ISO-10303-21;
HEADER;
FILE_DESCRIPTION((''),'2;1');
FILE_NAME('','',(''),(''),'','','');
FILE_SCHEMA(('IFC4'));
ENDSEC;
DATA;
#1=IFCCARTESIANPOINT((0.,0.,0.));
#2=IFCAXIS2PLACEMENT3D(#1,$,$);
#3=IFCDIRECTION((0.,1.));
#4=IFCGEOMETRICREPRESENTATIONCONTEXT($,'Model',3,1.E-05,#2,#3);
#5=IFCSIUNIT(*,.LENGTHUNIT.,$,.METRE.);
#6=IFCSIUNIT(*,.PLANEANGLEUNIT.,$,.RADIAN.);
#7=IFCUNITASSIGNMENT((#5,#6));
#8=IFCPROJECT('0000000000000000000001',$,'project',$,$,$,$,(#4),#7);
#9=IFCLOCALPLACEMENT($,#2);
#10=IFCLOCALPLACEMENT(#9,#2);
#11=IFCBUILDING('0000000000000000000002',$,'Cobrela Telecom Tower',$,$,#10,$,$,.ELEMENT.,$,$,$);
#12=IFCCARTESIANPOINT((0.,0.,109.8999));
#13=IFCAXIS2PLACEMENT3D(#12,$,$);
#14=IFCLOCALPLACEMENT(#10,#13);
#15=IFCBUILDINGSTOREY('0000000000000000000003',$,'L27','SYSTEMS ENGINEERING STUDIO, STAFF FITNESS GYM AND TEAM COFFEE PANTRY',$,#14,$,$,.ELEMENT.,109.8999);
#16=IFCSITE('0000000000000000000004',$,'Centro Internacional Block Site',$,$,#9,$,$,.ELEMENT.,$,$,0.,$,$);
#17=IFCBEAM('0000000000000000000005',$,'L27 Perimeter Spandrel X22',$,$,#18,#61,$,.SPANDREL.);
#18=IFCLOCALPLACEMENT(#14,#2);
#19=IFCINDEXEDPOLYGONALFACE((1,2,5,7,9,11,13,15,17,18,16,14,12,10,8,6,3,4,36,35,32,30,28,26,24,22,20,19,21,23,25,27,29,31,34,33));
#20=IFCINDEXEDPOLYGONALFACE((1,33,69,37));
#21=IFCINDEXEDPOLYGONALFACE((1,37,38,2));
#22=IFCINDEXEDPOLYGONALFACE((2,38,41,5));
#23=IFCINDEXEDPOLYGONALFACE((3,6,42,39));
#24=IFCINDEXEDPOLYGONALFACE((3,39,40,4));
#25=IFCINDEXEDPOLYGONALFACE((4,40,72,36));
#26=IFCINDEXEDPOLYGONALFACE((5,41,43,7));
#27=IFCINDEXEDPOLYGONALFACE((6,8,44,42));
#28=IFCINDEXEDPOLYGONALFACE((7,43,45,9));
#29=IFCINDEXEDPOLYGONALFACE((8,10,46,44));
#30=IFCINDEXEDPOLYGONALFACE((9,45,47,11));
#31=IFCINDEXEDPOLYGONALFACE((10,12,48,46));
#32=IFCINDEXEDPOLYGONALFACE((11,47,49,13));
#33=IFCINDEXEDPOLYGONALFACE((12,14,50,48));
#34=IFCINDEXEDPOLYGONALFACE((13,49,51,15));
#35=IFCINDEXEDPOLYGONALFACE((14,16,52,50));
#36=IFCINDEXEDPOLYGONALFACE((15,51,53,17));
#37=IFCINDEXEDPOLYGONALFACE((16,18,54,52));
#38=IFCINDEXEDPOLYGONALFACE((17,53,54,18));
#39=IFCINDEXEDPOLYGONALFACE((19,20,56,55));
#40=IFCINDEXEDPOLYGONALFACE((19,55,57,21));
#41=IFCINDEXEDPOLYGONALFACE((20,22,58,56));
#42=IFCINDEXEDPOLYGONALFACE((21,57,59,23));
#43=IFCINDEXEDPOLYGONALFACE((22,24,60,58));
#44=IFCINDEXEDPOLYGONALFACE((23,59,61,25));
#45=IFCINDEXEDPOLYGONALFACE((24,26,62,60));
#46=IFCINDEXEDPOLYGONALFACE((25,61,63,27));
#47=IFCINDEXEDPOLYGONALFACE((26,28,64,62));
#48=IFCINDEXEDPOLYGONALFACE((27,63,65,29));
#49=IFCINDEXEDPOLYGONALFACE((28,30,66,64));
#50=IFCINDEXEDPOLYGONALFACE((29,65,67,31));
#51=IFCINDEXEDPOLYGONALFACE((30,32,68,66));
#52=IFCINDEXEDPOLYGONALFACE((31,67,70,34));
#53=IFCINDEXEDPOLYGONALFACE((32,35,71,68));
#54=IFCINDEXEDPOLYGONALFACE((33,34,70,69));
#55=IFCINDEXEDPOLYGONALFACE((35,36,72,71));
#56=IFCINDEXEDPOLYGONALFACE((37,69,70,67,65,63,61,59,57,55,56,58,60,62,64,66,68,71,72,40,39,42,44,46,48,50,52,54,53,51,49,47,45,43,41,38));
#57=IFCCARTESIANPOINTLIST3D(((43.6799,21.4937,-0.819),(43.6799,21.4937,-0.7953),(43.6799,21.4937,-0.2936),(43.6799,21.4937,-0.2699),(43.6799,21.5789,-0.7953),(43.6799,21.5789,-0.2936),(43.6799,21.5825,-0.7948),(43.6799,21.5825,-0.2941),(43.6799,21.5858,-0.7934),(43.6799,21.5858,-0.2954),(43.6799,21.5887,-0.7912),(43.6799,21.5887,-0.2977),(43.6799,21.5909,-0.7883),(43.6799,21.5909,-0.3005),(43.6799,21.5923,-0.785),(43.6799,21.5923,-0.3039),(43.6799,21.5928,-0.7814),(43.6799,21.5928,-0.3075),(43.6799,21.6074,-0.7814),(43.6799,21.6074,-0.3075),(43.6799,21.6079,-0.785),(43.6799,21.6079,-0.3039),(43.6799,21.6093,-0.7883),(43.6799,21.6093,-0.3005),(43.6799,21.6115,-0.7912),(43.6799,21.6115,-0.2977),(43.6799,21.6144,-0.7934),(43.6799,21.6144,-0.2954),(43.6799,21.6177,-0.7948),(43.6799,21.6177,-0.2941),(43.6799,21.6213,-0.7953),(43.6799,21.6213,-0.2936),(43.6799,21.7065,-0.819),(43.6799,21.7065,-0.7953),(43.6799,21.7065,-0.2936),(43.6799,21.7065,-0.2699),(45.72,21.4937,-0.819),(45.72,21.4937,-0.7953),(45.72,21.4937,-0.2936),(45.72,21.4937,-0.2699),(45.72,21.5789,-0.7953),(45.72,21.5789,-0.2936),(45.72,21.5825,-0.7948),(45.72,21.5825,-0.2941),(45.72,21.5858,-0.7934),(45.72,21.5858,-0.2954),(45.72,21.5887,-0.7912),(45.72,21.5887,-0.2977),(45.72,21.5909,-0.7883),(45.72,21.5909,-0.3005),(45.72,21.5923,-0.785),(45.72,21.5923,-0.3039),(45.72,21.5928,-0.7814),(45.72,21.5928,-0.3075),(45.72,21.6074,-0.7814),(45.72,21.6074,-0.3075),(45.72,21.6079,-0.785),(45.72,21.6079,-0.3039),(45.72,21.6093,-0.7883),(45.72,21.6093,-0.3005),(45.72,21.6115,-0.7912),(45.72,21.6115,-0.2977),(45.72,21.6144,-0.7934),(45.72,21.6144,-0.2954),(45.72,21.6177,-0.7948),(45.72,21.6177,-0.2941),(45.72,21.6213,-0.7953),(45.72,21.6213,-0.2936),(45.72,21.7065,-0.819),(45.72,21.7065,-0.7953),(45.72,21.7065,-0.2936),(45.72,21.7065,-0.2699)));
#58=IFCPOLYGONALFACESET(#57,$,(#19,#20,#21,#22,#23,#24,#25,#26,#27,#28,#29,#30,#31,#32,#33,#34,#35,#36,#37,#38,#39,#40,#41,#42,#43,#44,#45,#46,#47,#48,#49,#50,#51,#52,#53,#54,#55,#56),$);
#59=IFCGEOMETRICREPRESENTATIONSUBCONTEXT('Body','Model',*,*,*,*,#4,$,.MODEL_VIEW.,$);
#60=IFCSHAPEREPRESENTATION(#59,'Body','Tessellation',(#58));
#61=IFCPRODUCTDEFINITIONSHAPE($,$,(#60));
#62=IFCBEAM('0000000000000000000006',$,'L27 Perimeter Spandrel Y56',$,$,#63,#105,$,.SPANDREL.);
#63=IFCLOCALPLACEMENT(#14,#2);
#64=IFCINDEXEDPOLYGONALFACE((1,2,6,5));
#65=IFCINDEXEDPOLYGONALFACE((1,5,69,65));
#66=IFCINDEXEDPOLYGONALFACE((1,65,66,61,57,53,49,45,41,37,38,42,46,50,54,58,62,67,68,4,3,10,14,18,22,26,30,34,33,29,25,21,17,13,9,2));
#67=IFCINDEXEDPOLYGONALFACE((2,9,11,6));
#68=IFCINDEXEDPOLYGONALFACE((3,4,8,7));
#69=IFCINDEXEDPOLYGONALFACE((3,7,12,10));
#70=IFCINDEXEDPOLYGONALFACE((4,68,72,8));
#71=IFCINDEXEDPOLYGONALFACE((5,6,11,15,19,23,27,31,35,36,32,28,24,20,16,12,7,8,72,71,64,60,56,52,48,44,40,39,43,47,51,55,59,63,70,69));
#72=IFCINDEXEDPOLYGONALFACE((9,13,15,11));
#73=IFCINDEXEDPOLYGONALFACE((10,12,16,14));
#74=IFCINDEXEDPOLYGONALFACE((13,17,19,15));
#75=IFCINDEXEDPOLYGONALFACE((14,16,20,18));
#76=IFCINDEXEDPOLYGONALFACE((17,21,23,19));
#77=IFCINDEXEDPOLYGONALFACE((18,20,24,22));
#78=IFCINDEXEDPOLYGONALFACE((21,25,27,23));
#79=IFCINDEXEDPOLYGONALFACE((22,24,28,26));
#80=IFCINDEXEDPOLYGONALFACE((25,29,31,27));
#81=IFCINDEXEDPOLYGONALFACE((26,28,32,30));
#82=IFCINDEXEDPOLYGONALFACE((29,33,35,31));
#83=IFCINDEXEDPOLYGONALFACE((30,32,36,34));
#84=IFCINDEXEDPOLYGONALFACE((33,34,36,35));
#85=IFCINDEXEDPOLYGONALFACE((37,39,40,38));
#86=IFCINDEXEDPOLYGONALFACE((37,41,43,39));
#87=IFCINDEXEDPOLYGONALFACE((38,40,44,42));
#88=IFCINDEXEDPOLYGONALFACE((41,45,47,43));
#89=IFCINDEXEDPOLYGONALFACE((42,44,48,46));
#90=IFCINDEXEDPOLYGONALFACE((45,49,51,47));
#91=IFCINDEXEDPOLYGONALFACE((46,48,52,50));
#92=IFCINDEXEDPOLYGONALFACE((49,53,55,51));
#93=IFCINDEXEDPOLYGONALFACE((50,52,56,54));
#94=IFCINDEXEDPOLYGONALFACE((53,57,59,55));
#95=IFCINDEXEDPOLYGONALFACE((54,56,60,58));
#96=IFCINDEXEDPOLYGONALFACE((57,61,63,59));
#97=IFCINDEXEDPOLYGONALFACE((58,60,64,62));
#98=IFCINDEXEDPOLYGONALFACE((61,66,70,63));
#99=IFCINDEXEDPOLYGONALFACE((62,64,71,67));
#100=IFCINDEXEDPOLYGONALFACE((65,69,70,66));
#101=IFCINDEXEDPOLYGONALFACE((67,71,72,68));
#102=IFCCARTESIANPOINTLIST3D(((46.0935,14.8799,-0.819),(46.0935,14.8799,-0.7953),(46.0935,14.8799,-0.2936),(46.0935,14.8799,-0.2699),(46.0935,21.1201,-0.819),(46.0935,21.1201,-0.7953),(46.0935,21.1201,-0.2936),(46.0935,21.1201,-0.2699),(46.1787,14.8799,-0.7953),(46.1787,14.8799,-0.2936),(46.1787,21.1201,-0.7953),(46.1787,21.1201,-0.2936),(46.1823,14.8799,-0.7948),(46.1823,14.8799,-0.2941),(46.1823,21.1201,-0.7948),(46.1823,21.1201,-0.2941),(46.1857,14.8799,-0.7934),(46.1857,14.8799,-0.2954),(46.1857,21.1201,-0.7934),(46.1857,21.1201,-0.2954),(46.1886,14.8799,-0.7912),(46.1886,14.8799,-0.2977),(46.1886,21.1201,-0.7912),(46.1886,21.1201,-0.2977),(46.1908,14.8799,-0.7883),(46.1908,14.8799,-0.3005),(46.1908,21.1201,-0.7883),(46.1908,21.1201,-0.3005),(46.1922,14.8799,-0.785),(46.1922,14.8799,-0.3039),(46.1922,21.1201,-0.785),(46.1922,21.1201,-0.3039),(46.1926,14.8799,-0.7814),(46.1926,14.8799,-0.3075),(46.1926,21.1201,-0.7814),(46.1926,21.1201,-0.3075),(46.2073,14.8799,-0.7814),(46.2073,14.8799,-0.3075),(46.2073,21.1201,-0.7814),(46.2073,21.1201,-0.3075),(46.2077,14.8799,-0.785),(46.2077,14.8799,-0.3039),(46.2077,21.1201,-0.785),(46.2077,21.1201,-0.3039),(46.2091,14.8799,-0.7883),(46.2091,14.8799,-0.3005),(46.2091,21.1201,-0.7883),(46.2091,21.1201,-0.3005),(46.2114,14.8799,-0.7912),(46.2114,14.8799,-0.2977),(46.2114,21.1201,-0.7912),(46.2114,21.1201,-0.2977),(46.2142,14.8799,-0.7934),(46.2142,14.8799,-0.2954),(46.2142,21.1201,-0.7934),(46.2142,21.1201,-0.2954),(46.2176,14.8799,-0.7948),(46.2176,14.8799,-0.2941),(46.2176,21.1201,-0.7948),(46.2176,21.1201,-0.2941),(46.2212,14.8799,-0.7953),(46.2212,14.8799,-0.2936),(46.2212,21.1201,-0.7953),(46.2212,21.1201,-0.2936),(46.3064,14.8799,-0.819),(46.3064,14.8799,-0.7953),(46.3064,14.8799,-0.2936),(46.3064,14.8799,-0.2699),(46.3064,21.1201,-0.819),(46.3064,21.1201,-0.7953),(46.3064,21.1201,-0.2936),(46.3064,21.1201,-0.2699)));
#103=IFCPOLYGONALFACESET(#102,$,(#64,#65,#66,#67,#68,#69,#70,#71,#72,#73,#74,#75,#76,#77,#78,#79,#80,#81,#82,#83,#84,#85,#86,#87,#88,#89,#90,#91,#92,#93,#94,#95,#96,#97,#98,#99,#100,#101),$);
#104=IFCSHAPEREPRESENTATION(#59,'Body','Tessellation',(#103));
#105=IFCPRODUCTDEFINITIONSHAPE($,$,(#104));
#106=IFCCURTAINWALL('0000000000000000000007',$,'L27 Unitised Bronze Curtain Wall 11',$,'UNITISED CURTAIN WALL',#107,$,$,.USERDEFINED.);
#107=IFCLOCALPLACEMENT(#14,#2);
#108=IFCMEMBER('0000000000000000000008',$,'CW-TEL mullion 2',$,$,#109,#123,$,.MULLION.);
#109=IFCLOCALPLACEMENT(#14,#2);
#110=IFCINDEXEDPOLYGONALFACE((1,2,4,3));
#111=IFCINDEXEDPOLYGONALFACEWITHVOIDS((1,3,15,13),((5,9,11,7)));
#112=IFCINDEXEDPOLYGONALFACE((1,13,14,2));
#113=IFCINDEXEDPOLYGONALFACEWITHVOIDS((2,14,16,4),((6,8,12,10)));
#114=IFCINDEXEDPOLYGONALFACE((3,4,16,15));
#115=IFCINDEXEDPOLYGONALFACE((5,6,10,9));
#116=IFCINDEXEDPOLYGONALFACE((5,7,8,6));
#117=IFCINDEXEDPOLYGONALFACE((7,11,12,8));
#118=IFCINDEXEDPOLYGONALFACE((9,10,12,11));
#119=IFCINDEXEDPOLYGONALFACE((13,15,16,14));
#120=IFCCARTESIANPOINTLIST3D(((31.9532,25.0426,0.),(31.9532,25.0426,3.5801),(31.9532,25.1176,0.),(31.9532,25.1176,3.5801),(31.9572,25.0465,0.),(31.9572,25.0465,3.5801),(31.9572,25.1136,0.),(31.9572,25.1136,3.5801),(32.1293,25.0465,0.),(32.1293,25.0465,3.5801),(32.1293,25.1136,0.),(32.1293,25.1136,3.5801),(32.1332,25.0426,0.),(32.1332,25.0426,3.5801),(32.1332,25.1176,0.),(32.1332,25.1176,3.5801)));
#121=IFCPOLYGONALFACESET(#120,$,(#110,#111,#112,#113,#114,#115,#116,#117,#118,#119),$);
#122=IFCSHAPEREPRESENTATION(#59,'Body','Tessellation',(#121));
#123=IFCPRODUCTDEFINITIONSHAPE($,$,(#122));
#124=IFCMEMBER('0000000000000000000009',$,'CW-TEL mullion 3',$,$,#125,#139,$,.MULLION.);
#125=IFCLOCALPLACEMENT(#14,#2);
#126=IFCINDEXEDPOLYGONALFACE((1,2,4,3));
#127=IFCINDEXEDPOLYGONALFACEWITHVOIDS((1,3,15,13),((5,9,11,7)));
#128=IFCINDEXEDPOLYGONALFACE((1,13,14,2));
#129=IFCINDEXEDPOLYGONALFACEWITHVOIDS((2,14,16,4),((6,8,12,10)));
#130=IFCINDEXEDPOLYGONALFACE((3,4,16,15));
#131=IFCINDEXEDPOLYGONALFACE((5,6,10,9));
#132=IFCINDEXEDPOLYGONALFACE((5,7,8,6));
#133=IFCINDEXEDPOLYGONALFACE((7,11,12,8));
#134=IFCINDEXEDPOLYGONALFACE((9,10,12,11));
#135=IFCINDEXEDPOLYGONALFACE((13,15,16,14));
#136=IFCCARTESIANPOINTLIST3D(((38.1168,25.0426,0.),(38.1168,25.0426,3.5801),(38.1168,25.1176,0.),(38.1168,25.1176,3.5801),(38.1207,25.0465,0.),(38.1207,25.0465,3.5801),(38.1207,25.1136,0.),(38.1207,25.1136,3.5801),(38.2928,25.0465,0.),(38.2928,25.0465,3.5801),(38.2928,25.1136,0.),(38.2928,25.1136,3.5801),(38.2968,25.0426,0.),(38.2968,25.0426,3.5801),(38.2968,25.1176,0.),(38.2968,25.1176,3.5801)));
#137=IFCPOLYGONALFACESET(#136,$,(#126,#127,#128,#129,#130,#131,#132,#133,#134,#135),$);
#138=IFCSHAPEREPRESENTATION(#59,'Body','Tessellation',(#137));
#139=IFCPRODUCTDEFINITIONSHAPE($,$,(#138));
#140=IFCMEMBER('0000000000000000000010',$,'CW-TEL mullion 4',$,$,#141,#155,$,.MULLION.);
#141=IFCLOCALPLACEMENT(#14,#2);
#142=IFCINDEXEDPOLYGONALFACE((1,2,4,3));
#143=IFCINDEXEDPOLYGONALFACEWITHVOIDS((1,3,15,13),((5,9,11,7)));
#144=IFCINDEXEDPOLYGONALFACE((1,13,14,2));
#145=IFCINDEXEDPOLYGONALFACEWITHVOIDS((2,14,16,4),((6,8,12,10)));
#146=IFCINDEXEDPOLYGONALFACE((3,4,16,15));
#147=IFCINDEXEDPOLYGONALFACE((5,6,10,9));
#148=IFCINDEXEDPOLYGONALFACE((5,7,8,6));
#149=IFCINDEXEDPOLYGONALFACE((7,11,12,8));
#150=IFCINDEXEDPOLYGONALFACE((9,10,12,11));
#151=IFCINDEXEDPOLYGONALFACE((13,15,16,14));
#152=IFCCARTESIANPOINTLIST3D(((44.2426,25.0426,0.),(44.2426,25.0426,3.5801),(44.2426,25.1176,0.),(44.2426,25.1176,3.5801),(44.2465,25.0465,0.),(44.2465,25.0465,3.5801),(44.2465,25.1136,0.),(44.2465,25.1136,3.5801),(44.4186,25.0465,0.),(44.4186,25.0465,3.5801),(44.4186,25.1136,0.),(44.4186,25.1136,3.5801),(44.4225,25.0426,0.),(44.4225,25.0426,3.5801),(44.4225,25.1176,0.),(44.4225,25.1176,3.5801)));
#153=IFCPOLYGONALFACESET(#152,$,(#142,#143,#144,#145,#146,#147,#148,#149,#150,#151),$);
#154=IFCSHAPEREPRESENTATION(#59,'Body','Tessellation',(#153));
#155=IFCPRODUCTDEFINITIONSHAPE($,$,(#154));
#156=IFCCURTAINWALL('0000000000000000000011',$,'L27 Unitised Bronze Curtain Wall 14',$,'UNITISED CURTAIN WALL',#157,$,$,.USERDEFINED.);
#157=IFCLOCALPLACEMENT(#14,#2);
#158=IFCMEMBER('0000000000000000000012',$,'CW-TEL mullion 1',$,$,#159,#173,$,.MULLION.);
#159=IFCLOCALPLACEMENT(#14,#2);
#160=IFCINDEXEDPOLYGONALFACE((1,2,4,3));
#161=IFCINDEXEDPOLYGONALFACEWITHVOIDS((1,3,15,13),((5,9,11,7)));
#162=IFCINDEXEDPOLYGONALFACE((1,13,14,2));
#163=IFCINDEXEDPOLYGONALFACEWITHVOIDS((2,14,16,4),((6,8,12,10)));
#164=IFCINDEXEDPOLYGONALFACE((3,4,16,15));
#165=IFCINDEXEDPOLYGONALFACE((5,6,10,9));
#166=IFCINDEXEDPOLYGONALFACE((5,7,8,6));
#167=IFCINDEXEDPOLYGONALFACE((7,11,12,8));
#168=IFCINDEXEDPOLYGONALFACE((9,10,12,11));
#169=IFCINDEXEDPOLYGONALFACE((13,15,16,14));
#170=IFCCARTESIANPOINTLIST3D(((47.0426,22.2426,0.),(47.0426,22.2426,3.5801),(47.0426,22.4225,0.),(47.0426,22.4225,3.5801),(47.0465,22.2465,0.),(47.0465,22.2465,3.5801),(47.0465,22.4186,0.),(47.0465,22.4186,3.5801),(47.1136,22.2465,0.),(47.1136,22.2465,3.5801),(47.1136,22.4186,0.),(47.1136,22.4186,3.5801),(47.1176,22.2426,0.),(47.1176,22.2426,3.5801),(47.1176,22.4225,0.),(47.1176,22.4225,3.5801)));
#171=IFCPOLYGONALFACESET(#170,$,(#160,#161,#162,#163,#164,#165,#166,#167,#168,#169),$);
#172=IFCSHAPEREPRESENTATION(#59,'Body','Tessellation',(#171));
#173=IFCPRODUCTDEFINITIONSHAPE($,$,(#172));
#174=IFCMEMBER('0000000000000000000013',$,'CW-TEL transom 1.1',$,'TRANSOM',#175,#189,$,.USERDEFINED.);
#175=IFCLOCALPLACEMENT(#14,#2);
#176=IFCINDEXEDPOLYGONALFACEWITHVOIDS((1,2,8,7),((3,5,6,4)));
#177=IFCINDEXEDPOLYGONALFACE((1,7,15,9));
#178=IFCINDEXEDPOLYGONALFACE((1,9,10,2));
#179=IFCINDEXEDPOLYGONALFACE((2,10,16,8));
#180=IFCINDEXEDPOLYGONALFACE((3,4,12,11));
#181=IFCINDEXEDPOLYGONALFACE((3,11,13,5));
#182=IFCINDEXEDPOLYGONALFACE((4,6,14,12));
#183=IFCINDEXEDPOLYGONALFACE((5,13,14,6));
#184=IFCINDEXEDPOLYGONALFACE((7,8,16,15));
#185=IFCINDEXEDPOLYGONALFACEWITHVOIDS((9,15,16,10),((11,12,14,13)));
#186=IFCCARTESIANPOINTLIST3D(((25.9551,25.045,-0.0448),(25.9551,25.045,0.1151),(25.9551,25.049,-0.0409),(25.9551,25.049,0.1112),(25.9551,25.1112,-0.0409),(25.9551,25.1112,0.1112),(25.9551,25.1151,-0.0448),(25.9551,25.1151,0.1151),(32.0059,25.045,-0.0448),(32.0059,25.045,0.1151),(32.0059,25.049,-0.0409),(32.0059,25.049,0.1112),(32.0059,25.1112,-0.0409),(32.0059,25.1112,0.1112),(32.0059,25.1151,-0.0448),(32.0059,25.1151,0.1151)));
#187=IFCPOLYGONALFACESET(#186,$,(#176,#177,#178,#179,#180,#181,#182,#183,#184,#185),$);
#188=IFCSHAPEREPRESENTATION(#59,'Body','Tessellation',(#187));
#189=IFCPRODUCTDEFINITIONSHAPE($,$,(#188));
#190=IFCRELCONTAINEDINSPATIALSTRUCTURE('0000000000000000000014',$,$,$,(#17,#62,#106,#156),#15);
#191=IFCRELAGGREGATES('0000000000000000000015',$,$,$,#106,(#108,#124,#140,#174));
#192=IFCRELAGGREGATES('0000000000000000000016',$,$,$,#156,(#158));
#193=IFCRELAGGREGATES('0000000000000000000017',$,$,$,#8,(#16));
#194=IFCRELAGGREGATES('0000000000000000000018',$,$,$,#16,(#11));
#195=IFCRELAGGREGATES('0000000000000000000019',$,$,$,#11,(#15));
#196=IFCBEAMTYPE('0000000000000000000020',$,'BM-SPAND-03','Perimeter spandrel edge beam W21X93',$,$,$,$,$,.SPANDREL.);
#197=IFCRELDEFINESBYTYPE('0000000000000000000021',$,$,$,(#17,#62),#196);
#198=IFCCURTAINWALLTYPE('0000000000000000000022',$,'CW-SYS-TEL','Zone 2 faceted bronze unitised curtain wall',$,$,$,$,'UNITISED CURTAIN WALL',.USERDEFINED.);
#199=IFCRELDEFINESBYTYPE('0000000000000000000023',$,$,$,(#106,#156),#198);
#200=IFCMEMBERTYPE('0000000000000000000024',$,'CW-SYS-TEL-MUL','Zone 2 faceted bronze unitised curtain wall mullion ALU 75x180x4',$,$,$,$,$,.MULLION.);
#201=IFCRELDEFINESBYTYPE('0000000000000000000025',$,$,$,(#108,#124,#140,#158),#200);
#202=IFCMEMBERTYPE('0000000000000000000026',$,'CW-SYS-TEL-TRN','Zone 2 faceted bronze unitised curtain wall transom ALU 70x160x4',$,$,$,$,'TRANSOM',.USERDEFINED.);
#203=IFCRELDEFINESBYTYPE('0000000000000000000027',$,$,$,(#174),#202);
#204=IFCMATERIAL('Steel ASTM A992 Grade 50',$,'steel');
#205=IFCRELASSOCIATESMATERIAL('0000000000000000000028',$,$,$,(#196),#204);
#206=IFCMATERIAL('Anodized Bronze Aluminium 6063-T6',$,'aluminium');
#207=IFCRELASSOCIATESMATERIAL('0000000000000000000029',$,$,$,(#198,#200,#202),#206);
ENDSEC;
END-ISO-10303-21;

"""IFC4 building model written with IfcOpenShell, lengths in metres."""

from ifc_helpers import new_model, si_unit, direction, frame, origin, origin_2d, place, context, subcontext, project, spatial, hollow_rectangle, i_section, extrude, material, material_profile, profile_set, type_object, element, aggregate, save


model = new_model("IFC4")

# Units and contexts
model_context = context("Model", 3, precision=1e-05, world=origin(), true_north=direction((0.0, 1.0)))
body_context = subcontext(model_context, "Body", "Model", "MODEL_VIEW")
ifc_project = project(units=[si_unit("LENGTHUNIT", "METRE"), si_unit("PLANEANGLEUNIT", "RADIAN")], contexts=[model_context])

# Site, building, storey
site_placement = place(None, origin())
site = spatial("IfcSite", under=ifc_project, at=site_placement, Name="Centro Internacional Block Site", CompositionType="ELEMENT", RefElevation=0.0)
building_placement = place(site_placement, origin())
building = spatial("IfcBuilding", under=site, at=building_placement, Name="Cobrela Telecom Tower", CompositionType="ELEMENT")
storey_placement = place(building_placement, frame((0.0, 0.0, 109.8999)))
storey = spatial("IfcBuildingStorey", under=building, at=storey_placement, Name="L27", Description="SYSTEMS ENGINEERING STUDIO, STAFF FITNESS GYM AND TEAM COFFEE PANTRY", CompositionType="ELEMENT", Elevation=109.8999)

# Shared definitions
ifc_material_1 = material(Name="Steel ASTM A992 Grade 50", Category="steel")

# Beams
ifc_material_profile_1 = material_profile(ifc_material_1, i_section(OverallWidth=0.2129, OverallDepth=0.5491, WebThickness=0.0146, FlangeThickness=0.0237, FilletRadius=0.0139, at=origin_2d()), Name="W21X93")
ifc_profile_set_1 = profile_set([ifc_material_profile_1], Name="Steel ASTM A992 Grade 50")
beam_type_1 = type_object("IfcBeamType", Name="BM-SPAND-03", Description="Perimeter spandrel edge beam W21X93", PredefinedType="SPANDREL", material=ifc_profile_set_1)
beam_1_placement = place(storey_placement, frame((43.6799, 21.6001, -0.5444), z_axis=(1.0, 0.0, 0.0), x_axis=(0.0, 1.0, 0.0)))
element("IfcBeam", 1, at=beam_1_placement, inside=storey, type_object=beam_type_1, Name="L27 Perimeter Spandrel X22", PredefinedType="SPANDREL", context=body_context, shape_type="SweptSolid", body=[
    extrude(i_section(OverallWidth=0.2129, OverallDepth=0.5491, WebThickness=0.0146, FlangeThickness=0.0237, FilletRadius=0.0139, at=origin_2d()), origin(), (0.0, 0.0, 1.0), 2.04),
])
beam_2_placement = place(storey_placement, frame((46.2, 14.8799, -0.5444), z_axis=(0.0, 1.0, 0.0), x_axis=(-1.0, 0.0, 0.0)))
element("IfcBeam", 2, at=beam_2_placement, inside=storey, type_object=beam_type_1, Name="L27 Perimeter Spandrel Y56", PredefinedType="SPANDREL", context=body_context, shape_type="SweptSolid", body=[
    extrude(i_section(OverallWidth=0.2129, OverallDepth=0.5491, WebThickness=0.0146, FlangeThickness=0.0237, FilletRadius=0.0139, at=origin_2d()), origin(), (0.0, 0.0, 1.0), 6.2402),
])

# Curtain wall, members
ifc_material_2 = material(Name="Anodized Bronze Aluminium 6063-T6", Category="aluminium")
curtain_wall_type = type_object("IfcCurtainWallType", Name="CW-SYS-TEL", Description="Zone 2 faceted bronze unitised curtain wall", ElementType="UNITISED CURTAIN WALL", PredefinedType="USERDEFINED", material=ifc_material_2)
curtain_wall_1_placement = place(storey_placement, origin())
curtain_wall_1 = element("IfcCurtainWall", 3, at=curtain_wall_1_placement, inside=storey, type_object=curtain_wall_type, Name="L27 Unitised Bronze Curtain Wall 11", ObjectType="UNITISED CURTAIN WALL", PredefinedType="USERDEFINED")
ifc_material_profile_2 = material_profile(ifc_material_2, hollow_rectangle(XDim=0.075, YDim=0.1799, WallThickness=0.0039, at=origin_2d()), Name="ALU 75x180x4")
ifc_profile_set_2 = profile_set([ifc_material_profile_2], Name="Anodized Bronze Aluminium 6063-T6")
member_type_1 = type_object("IfcMemberType", Name="CW-SYS-TEL-MUL", Description="Zone 2 faceted bronze unitised curtain wall mullion ALU 75x180x4", PredefinedType="MULLION", material=ifc_profile_set_2)
member_1_placement = place(storey_placement, frame((32.0432, 25.0801, 0.0), z_axis=(0.0, 0.0, 1.0), x_axis=(0.0, 1.0, 0.0)))
member_1 = element("IfcMember", 4, at=member_1_placement, type_object=member_type_1, Name="CW-TEL mullion 2", PredefinedType="MULLION", context=body_context, shape_type="SweptSolid", body=[
    extrude(hollow_rectangle(XDim=0.075, YDim=0.1799, WallThickness=0.0039, at=origin_2d()), origin(), (0.0, 0.0, 1.0), 3.5801),
])
member_2_placement = place(storey_placement, frame((38.2068, 25.0801, 0.0), z_axis=(0.0, 0.0, 1.0), x_axis=(0.0, 1.0, 0.0)))
member_2 = element("IfcMember", 5, at=member_2_placement, type_object=member_type_1, Name="CW-TEL mullion 3", PredefinedType="MULLION", context=body_context, shape_type="SweptSolid", body=[
    extrude(hollow_rectangle(XDim=0.075, YDim=0.1799, WallThickness=0.0039, at=origin_2d()), origin(), (0.0, 0.0, 1.0), 3.5801),
])
member_3_placement = place(storey_placement, frame((44.3325, 25.0801, 0.0), z_axis=(0.0, 0.0, 1.0), x_axis=(0.0, 1.0, 0.0)))
member_3 = element("IfcMember", 6, at=member_3_placement, type_object=member_type_1, Name="CW-TEL mullion 4", PredefinedType="MULLION", context=body_context, shape_type="SweptSolid", body=[
    extrude(hollow_rectangle(XDim=0.075, YDim=0.1799, WallThickness=0.0039, at=origin_2d()), origin(), (0.0, 0.0, 1.0), 3.5801),
])

# Curtain wall, member
curtain_wall_2_placement = place(storey_placement, origin())
curtain_wall_2 = element("IfcCurtainWall", 7, at=curtain_wall_2_placement, inside=storey, type_object=curtain_wall_type, Name="L27 Unitised Bronze Curtain Wall 14", ObjectType="UNITISED CURTAIN WALL", PredefinedType="USERDEFINED")
member_4_placement = place(storey_placement, frame((47.0801, 22.3325, 0.0), z_axis=(0.0, 0.0, 1.0), x_axis=(1.0, 0.0, 0.0)))
member_4 = element("IfcMember", 8, at=member_4_placement, type_object=member_type_1, Name="CW-TEL mullion 1", PredefinedType="MULLION", context=body_context, shape_type="SweptSolid", body=[
    extrude(hollow_rectangle(XDim=0.075, YDim=0.1799, WallThickness=0.0039, at=origin_2d()), origin(), (0.0, 0.0, 1.0), 3.5801),
])

# Member
ifc_material_profile_3 = material_profile(ifc_material_2, hollow_rectangle(XDim=0.0701, YDim=0.1599, WallThickness=0.0039, at=origin_2d()), Name="ALU 70x160x4")
ifc_profile_set_3 = profile_set([ifc_material_profile_3], Name="Anodized Bronze Aluminium 6063-T6")
member_type_2 = type_object("IfcMemberType", Name="CW-SYS-TEL-TRN", Description="Zone 2 faceted bronze unitised curtain wall transom ALU 70x160x4", ElementType="TRANSOM", PredefinedType="USERDEFINED", material=ifc_profile_set_3)
member_5_placement = place(storey_placement, frame((25.9551, 25.0801, 0.0352), z_axis=(1.0, 0.0, 0.0), x_axis=(0.0, 1.0, 0.0)))
member_5 = element("IfcMember", 9, at=member_5_placement, type_object=member_type_2, Name="CW-TEL transom 1.1", ObjectType="TRANSOM", PredefinedType="USERDEFINED", context=body_context, shape_type="SweptSolid", body=[
    extrude(hollow_rectangle(XDim=0.0701, YDim=0.1599, WallThickness=0.0039, at=origin_2d()), origin(), (0.0, 0.0, 1.0), 6.0508),
])

aggregate(curtain_wall_1, [member_1, member_2, member_3, member_5])
aggregate(curtain_wall_2, [member_4])

save(model, "model.ifc")
